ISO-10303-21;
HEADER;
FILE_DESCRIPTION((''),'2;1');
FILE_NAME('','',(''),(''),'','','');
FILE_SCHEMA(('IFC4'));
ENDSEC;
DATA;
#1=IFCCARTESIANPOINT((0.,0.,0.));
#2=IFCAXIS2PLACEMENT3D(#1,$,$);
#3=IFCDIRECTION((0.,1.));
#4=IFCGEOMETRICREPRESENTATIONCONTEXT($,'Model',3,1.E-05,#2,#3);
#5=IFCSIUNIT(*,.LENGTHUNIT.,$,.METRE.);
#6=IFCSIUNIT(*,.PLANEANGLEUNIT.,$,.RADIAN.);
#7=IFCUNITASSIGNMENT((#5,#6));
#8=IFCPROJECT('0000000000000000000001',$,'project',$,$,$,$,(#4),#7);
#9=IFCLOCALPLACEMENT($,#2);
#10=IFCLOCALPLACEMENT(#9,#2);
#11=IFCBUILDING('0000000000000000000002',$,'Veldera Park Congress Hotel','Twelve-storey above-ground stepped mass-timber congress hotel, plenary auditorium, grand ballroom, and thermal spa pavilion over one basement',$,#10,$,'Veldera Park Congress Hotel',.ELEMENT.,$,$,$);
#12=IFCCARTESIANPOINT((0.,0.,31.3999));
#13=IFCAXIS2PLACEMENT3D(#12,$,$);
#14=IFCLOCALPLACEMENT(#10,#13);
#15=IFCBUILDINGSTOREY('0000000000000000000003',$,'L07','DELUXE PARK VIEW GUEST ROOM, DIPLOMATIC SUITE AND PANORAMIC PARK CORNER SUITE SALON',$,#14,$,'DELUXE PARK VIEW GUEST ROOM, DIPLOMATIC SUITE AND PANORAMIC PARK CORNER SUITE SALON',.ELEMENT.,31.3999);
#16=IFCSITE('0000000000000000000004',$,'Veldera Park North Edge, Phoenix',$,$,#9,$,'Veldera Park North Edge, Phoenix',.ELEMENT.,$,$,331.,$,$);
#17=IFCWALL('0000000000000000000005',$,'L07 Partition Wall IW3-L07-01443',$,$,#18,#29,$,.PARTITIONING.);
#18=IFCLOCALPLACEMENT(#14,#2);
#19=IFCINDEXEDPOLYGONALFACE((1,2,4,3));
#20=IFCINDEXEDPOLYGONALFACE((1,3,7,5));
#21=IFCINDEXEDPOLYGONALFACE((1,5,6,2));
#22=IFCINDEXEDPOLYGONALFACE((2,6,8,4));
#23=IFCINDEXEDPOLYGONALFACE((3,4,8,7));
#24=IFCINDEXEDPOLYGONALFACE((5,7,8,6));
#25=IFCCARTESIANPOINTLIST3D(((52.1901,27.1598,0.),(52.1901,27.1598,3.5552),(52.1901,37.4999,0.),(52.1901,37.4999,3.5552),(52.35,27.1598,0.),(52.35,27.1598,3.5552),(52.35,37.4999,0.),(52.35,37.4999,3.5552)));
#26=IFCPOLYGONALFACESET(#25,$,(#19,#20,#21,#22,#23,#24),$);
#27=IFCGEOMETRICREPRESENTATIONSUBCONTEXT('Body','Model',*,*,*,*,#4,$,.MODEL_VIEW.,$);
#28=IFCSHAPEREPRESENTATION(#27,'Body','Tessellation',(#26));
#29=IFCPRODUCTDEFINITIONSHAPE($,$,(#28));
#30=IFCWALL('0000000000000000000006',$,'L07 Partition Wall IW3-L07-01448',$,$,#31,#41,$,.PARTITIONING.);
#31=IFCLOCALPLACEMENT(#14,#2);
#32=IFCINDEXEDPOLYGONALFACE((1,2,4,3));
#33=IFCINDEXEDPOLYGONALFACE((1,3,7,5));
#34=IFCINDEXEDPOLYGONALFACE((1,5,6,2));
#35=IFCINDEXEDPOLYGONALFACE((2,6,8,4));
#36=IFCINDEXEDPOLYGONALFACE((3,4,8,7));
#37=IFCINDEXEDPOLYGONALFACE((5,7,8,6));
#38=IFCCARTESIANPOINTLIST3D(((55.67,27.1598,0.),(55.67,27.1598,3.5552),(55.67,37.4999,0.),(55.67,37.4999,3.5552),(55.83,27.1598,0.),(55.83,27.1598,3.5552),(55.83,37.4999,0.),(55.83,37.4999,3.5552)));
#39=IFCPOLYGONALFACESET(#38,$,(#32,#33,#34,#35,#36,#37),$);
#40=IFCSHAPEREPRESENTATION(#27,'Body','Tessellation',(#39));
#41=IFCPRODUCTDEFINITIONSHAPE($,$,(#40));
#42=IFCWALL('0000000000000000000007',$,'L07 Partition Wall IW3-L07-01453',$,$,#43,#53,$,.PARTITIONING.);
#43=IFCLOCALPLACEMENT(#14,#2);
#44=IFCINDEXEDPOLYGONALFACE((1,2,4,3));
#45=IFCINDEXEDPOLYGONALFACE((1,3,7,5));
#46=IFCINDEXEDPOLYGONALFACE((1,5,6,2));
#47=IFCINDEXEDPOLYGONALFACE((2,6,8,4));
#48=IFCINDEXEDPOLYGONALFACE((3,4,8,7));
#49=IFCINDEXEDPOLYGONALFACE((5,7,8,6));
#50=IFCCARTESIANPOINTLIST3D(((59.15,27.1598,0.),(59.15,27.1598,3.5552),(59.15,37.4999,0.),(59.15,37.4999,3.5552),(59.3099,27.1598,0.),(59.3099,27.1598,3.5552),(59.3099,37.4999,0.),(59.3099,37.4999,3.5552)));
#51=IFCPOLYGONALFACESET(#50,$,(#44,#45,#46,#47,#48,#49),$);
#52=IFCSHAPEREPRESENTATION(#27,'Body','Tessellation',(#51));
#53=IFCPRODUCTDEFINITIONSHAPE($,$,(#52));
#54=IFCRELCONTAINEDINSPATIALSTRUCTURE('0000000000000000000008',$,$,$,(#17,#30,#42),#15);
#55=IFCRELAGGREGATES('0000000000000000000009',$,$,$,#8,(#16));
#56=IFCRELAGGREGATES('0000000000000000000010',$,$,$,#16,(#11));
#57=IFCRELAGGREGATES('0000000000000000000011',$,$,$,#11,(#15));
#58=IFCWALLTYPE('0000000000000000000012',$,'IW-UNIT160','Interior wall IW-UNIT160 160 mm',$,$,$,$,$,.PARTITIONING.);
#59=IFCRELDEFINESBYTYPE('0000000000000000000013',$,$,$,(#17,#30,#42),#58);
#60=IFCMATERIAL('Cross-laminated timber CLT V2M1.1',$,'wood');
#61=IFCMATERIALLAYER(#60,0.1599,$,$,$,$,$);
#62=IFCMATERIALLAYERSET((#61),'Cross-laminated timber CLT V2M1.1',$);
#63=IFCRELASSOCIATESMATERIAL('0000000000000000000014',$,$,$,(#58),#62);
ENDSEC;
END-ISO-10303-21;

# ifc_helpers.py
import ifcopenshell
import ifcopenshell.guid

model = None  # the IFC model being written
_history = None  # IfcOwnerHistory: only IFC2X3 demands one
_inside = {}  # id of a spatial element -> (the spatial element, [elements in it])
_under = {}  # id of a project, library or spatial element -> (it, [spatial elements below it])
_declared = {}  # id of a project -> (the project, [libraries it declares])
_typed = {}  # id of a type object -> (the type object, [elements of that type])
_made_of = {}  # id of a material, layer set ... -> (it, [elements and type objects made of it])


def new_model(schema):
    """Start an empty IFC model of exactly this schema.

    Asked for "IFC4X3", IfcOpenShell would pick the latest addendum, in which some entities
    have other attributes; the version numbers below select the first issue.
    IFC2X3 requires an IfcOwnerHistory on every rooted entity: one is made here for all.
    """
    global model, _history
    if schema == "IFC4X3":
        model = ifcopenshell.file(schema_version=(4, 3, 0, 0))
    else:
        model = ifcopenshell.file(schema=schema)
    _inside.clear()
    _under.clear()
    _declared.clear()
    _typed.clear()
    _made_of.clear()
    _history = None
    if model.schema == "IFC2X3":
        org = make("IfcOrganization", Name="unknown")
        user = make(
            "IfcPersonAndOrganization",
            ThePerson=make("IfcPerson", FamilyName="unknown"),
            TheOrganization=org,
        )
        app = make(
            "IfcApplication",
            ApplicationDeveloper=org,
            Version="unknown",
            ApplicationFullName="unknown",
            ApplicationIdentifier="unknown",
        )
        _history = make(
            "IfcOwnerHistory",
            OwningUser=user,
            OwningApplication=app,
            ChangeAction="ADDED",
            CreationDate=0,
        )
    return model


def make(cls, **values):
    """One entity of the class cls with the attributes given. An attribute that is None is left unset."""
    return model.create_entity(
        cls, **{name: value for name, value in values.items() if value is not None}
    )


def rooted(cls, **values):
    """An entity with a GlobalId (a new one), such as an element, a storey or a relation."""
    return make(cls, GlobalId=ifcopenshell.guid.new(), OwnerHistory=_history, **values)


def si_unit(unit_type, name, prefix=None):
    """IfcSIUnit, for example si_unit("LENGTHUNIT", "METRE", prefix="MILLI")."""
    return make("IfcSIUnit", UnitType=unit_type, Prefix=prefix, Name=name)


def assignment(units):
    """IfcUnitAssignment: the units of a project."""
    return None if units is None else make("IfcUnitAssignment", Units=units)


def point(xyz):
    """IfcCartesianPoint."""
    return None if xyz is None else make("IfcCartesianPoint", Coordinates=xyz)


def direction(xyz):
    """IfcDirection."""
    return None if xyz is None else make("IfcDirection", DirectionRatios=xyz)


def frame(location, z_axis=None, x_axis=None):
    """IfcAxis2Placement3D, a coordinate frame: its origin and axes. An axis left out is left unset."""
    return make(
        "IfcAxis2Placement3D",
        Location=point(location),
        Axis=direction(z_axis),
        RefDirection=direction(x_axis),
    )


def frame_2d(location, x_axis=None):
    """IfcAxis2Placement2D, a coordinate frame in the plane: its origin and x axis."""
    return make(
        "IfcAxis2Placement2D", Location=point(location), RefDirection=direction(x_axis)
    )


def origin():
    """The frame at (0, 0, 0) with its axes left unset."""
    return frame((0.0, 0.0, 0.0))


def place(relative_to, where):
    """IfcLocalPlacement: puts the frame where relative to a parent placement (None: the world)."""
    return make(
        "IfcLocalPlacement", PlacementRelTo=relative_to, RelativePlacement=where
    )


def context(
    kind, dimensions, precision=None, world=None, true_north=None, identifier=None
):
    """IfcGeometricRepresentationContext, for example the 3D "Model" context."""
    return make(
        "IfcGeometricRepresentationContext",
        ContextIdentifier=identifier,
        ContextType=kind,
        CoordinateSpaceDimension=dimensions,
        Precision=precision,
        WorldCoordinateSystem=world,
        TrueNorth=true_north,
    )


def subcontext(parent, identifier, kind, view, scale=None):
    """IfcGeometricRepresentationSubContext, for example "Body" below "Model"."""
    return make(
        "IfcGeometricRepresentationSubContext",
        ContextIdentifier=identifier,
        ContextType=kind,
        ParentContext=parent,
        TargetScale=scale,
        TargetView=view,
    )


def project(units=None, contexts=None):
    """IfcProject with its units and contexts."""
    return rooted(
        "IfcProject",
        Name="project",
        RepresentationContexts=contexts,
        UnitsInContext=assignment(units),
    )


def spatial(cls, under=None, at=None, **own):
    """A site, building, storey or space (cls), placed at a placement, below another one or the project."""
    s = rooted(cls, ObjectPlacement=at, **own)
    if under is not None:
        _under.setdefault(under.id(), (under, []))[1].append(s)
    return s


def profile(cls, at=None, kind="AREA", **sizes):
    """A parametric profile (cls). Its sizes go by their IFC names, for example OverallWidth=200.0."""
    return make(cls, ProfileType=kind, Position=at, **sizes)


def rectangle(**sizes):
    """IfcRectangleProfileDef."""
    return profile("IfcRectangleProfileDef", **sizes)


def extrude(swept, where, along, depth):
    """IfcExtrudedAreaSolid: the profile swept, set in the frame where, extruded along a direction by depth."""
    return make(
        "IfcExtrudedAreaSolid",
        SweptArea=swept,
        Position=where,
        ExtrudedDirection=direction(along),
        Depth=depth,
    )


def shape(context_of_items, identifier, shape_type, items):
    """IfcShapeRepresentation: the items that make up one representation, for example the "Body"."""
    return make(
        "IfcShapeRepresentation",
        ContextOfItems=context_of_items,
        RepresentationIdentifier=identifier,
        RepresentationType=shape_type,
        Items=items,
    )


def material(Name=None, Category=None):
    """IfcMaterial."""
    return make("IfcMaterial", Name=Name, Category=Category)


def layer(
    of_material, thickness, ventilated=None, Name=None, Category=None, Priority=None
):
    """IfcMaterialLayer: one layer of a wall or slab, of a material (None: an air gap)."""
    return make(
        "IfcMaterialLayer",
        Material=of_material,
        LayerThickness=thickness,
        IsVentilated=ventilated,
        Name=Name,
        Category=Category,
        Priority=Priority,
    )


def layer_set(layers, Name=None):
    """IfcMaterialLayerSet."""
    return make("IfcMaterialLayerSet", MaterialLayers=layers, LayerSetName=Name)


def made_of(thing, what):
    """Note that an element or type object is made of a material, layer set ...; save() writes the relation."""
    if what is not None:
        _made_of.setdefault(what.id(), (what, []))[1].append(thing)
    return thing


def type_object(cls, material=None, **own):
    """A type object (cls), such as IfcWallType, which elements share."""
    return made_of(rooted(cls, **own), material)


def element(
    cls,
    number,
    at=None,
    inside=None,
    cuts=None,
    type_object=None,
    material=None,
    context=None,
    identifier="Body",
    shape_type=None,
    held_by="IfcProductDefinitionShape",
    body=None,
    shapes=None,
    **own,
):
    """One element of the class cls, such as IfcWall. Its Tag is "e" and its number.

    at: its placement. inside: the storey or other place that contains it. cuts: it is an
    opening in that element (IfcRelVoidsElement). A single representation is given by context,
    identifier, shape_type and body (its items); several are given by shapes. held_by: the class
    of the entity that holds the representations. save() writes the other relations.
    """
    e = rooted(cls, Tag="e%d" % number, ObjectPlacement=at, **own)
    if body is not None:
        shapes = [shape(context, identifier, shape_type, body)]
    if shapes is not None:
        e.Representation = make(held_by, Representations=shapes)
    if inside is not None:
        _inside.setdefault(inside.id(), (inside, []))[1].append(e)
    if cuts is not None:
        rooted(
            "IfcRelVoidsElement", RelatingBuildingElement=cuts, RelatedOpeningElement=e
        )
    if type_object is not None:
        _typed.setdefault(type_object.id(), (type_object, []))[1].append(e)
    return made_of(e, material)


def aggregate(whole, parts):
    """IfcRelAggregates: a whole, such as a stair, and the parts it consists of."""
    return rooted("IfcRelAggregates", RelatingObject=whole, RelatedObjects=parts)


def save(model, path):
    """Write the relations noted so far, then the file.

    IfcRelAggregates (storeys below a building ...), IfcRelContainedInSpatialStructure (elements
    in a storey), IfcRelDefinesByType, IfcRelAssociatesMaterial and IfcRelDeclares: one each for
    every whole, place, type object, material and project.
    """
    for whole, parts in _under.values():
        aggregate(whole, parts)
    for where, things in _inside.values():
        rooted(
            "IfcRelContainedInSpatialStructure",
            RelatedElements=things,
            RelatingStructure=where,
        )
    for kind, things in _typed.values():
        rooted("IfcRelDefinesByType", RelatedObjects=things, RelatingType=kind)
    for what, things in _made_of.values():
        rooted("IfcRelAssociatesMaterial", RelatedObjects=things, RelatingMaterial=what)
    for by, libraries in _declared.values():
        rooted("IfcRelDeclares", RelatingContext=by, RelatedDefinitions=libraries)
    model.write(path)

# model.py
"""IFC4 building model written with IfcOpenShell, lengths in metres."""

from ifc_helpers import new_model, si_unit, direction, frame, frame_2d, origin, place, context, subcontext, project, spatial, rectangle, extrude, material, layer, layer_set, type_object, element, save


model = new_model("IFC4")

# Units and contexts
model_context = context("Model", 3, precision=1e-05, world=origin(), true_north=direction((0.0, 1.0)))
body_context = subcontext(model_context, "Body", "Model", "MODEL_VIEW")
ifc_project = project(units=[si_unit("LENGTHUNIT", "METRE"), si_unit("PLANEANGLEUNIT", "RADIAN")], contexts=[model_context])

# Site, building, storey
site_placement = place(None, origin())
site = spatial("IfcSite", under=ifc_project, at=site_placement, Name="Veldera Park North Edge, Phoenix", LongName="Veldera Park North Edge, Phoenix", CompositionType="ELEMENT", RefElevation=331.0)
building_placement = place(site_placement, origin())
building = spatial("IfcBuilding", under=site, at=building_placement, Name="Veldera Park Congress Hotel", Description="Twelve-storey above-ground stepped mass-timber congress hotel, plenary auditorium, grand ballroom, and thermal spa pavilion over one basement", LongName="Veldera Park Congress Hotel", CompositionType="ELEMENT")
storey_placement = place(building_placement, frame((0.0, 0.0, 31.3999)))
storey = spatial("IfcBuildingStorey", under=building, at=storey_placement, Name="L07", Description="DELUXE PARK VIEW GUEST ROOM, DIPLOMATIC SUITE AND PANORAMIC PARK CORNER SUITE SALON", LongName="DELUXE PARK VIEW GUEST ROOM, DIPLOMATIC SUITE AND PANORAMIC PARK CORNER SUITE SALON", CompositionType="ELEMENT", Elevation=31.3999)

# Walls
ifc_material_1 = material(Name="Cross-laminated timber CLT V2M1.1", Category="wood")
ifc_layer_1 = layer(ifc_material_1, 0.1599)
ifc_layer_set_1 = layer_set([ifc_layer_1], Name="Cross-laminated timber CLT V2M1.1")
wall_type_1 = type_object("IfcWallType", Name="IW-UNIT160", Description="Interior wall IW-UNIT160 160 mm", PredefinedType="PARTITIONING", material=ifc_layer_set_1)
for number, where, z_axis, x_axis, name in (
    (1, (52.27, 27.1599, 0.0), (0.0, 0.0, 1.0), (0.0, 1.0, 0.0), "L07 Partition Wall IW3-L07-01443"),
    (2, (55.75, 27.1599, 0.0), (0.0, 0.0, 1.0), (0.0, 1.0, 0.0), "L07 Partition Wall IW3-L07-01448"),
    (3, (59.23, 27.1599, 0.0), (0.0, 0.0, 1.0), (0.0, 1.0, 0.0), "L07 Partition Wall IW3-L07-01453"),
):
    element("IfcWall", number, at=place(storey_placement, frame(where, z_axis=z_axis, x_axis=x_axis)), inside=storey, type_object=wall_type_1, Name=name, PredefinedType="PARTITIONING", context=body_context, shape_type="SweptSolid", body=[
        extrude(rectangle(XDim=10.3401, YDim=0.1599, at=frame_2d((5.1699, 0.0))), origin(), (0.0, 0.0, 1.0), 3.5552),
    ])

save(model, "model.ifc")
